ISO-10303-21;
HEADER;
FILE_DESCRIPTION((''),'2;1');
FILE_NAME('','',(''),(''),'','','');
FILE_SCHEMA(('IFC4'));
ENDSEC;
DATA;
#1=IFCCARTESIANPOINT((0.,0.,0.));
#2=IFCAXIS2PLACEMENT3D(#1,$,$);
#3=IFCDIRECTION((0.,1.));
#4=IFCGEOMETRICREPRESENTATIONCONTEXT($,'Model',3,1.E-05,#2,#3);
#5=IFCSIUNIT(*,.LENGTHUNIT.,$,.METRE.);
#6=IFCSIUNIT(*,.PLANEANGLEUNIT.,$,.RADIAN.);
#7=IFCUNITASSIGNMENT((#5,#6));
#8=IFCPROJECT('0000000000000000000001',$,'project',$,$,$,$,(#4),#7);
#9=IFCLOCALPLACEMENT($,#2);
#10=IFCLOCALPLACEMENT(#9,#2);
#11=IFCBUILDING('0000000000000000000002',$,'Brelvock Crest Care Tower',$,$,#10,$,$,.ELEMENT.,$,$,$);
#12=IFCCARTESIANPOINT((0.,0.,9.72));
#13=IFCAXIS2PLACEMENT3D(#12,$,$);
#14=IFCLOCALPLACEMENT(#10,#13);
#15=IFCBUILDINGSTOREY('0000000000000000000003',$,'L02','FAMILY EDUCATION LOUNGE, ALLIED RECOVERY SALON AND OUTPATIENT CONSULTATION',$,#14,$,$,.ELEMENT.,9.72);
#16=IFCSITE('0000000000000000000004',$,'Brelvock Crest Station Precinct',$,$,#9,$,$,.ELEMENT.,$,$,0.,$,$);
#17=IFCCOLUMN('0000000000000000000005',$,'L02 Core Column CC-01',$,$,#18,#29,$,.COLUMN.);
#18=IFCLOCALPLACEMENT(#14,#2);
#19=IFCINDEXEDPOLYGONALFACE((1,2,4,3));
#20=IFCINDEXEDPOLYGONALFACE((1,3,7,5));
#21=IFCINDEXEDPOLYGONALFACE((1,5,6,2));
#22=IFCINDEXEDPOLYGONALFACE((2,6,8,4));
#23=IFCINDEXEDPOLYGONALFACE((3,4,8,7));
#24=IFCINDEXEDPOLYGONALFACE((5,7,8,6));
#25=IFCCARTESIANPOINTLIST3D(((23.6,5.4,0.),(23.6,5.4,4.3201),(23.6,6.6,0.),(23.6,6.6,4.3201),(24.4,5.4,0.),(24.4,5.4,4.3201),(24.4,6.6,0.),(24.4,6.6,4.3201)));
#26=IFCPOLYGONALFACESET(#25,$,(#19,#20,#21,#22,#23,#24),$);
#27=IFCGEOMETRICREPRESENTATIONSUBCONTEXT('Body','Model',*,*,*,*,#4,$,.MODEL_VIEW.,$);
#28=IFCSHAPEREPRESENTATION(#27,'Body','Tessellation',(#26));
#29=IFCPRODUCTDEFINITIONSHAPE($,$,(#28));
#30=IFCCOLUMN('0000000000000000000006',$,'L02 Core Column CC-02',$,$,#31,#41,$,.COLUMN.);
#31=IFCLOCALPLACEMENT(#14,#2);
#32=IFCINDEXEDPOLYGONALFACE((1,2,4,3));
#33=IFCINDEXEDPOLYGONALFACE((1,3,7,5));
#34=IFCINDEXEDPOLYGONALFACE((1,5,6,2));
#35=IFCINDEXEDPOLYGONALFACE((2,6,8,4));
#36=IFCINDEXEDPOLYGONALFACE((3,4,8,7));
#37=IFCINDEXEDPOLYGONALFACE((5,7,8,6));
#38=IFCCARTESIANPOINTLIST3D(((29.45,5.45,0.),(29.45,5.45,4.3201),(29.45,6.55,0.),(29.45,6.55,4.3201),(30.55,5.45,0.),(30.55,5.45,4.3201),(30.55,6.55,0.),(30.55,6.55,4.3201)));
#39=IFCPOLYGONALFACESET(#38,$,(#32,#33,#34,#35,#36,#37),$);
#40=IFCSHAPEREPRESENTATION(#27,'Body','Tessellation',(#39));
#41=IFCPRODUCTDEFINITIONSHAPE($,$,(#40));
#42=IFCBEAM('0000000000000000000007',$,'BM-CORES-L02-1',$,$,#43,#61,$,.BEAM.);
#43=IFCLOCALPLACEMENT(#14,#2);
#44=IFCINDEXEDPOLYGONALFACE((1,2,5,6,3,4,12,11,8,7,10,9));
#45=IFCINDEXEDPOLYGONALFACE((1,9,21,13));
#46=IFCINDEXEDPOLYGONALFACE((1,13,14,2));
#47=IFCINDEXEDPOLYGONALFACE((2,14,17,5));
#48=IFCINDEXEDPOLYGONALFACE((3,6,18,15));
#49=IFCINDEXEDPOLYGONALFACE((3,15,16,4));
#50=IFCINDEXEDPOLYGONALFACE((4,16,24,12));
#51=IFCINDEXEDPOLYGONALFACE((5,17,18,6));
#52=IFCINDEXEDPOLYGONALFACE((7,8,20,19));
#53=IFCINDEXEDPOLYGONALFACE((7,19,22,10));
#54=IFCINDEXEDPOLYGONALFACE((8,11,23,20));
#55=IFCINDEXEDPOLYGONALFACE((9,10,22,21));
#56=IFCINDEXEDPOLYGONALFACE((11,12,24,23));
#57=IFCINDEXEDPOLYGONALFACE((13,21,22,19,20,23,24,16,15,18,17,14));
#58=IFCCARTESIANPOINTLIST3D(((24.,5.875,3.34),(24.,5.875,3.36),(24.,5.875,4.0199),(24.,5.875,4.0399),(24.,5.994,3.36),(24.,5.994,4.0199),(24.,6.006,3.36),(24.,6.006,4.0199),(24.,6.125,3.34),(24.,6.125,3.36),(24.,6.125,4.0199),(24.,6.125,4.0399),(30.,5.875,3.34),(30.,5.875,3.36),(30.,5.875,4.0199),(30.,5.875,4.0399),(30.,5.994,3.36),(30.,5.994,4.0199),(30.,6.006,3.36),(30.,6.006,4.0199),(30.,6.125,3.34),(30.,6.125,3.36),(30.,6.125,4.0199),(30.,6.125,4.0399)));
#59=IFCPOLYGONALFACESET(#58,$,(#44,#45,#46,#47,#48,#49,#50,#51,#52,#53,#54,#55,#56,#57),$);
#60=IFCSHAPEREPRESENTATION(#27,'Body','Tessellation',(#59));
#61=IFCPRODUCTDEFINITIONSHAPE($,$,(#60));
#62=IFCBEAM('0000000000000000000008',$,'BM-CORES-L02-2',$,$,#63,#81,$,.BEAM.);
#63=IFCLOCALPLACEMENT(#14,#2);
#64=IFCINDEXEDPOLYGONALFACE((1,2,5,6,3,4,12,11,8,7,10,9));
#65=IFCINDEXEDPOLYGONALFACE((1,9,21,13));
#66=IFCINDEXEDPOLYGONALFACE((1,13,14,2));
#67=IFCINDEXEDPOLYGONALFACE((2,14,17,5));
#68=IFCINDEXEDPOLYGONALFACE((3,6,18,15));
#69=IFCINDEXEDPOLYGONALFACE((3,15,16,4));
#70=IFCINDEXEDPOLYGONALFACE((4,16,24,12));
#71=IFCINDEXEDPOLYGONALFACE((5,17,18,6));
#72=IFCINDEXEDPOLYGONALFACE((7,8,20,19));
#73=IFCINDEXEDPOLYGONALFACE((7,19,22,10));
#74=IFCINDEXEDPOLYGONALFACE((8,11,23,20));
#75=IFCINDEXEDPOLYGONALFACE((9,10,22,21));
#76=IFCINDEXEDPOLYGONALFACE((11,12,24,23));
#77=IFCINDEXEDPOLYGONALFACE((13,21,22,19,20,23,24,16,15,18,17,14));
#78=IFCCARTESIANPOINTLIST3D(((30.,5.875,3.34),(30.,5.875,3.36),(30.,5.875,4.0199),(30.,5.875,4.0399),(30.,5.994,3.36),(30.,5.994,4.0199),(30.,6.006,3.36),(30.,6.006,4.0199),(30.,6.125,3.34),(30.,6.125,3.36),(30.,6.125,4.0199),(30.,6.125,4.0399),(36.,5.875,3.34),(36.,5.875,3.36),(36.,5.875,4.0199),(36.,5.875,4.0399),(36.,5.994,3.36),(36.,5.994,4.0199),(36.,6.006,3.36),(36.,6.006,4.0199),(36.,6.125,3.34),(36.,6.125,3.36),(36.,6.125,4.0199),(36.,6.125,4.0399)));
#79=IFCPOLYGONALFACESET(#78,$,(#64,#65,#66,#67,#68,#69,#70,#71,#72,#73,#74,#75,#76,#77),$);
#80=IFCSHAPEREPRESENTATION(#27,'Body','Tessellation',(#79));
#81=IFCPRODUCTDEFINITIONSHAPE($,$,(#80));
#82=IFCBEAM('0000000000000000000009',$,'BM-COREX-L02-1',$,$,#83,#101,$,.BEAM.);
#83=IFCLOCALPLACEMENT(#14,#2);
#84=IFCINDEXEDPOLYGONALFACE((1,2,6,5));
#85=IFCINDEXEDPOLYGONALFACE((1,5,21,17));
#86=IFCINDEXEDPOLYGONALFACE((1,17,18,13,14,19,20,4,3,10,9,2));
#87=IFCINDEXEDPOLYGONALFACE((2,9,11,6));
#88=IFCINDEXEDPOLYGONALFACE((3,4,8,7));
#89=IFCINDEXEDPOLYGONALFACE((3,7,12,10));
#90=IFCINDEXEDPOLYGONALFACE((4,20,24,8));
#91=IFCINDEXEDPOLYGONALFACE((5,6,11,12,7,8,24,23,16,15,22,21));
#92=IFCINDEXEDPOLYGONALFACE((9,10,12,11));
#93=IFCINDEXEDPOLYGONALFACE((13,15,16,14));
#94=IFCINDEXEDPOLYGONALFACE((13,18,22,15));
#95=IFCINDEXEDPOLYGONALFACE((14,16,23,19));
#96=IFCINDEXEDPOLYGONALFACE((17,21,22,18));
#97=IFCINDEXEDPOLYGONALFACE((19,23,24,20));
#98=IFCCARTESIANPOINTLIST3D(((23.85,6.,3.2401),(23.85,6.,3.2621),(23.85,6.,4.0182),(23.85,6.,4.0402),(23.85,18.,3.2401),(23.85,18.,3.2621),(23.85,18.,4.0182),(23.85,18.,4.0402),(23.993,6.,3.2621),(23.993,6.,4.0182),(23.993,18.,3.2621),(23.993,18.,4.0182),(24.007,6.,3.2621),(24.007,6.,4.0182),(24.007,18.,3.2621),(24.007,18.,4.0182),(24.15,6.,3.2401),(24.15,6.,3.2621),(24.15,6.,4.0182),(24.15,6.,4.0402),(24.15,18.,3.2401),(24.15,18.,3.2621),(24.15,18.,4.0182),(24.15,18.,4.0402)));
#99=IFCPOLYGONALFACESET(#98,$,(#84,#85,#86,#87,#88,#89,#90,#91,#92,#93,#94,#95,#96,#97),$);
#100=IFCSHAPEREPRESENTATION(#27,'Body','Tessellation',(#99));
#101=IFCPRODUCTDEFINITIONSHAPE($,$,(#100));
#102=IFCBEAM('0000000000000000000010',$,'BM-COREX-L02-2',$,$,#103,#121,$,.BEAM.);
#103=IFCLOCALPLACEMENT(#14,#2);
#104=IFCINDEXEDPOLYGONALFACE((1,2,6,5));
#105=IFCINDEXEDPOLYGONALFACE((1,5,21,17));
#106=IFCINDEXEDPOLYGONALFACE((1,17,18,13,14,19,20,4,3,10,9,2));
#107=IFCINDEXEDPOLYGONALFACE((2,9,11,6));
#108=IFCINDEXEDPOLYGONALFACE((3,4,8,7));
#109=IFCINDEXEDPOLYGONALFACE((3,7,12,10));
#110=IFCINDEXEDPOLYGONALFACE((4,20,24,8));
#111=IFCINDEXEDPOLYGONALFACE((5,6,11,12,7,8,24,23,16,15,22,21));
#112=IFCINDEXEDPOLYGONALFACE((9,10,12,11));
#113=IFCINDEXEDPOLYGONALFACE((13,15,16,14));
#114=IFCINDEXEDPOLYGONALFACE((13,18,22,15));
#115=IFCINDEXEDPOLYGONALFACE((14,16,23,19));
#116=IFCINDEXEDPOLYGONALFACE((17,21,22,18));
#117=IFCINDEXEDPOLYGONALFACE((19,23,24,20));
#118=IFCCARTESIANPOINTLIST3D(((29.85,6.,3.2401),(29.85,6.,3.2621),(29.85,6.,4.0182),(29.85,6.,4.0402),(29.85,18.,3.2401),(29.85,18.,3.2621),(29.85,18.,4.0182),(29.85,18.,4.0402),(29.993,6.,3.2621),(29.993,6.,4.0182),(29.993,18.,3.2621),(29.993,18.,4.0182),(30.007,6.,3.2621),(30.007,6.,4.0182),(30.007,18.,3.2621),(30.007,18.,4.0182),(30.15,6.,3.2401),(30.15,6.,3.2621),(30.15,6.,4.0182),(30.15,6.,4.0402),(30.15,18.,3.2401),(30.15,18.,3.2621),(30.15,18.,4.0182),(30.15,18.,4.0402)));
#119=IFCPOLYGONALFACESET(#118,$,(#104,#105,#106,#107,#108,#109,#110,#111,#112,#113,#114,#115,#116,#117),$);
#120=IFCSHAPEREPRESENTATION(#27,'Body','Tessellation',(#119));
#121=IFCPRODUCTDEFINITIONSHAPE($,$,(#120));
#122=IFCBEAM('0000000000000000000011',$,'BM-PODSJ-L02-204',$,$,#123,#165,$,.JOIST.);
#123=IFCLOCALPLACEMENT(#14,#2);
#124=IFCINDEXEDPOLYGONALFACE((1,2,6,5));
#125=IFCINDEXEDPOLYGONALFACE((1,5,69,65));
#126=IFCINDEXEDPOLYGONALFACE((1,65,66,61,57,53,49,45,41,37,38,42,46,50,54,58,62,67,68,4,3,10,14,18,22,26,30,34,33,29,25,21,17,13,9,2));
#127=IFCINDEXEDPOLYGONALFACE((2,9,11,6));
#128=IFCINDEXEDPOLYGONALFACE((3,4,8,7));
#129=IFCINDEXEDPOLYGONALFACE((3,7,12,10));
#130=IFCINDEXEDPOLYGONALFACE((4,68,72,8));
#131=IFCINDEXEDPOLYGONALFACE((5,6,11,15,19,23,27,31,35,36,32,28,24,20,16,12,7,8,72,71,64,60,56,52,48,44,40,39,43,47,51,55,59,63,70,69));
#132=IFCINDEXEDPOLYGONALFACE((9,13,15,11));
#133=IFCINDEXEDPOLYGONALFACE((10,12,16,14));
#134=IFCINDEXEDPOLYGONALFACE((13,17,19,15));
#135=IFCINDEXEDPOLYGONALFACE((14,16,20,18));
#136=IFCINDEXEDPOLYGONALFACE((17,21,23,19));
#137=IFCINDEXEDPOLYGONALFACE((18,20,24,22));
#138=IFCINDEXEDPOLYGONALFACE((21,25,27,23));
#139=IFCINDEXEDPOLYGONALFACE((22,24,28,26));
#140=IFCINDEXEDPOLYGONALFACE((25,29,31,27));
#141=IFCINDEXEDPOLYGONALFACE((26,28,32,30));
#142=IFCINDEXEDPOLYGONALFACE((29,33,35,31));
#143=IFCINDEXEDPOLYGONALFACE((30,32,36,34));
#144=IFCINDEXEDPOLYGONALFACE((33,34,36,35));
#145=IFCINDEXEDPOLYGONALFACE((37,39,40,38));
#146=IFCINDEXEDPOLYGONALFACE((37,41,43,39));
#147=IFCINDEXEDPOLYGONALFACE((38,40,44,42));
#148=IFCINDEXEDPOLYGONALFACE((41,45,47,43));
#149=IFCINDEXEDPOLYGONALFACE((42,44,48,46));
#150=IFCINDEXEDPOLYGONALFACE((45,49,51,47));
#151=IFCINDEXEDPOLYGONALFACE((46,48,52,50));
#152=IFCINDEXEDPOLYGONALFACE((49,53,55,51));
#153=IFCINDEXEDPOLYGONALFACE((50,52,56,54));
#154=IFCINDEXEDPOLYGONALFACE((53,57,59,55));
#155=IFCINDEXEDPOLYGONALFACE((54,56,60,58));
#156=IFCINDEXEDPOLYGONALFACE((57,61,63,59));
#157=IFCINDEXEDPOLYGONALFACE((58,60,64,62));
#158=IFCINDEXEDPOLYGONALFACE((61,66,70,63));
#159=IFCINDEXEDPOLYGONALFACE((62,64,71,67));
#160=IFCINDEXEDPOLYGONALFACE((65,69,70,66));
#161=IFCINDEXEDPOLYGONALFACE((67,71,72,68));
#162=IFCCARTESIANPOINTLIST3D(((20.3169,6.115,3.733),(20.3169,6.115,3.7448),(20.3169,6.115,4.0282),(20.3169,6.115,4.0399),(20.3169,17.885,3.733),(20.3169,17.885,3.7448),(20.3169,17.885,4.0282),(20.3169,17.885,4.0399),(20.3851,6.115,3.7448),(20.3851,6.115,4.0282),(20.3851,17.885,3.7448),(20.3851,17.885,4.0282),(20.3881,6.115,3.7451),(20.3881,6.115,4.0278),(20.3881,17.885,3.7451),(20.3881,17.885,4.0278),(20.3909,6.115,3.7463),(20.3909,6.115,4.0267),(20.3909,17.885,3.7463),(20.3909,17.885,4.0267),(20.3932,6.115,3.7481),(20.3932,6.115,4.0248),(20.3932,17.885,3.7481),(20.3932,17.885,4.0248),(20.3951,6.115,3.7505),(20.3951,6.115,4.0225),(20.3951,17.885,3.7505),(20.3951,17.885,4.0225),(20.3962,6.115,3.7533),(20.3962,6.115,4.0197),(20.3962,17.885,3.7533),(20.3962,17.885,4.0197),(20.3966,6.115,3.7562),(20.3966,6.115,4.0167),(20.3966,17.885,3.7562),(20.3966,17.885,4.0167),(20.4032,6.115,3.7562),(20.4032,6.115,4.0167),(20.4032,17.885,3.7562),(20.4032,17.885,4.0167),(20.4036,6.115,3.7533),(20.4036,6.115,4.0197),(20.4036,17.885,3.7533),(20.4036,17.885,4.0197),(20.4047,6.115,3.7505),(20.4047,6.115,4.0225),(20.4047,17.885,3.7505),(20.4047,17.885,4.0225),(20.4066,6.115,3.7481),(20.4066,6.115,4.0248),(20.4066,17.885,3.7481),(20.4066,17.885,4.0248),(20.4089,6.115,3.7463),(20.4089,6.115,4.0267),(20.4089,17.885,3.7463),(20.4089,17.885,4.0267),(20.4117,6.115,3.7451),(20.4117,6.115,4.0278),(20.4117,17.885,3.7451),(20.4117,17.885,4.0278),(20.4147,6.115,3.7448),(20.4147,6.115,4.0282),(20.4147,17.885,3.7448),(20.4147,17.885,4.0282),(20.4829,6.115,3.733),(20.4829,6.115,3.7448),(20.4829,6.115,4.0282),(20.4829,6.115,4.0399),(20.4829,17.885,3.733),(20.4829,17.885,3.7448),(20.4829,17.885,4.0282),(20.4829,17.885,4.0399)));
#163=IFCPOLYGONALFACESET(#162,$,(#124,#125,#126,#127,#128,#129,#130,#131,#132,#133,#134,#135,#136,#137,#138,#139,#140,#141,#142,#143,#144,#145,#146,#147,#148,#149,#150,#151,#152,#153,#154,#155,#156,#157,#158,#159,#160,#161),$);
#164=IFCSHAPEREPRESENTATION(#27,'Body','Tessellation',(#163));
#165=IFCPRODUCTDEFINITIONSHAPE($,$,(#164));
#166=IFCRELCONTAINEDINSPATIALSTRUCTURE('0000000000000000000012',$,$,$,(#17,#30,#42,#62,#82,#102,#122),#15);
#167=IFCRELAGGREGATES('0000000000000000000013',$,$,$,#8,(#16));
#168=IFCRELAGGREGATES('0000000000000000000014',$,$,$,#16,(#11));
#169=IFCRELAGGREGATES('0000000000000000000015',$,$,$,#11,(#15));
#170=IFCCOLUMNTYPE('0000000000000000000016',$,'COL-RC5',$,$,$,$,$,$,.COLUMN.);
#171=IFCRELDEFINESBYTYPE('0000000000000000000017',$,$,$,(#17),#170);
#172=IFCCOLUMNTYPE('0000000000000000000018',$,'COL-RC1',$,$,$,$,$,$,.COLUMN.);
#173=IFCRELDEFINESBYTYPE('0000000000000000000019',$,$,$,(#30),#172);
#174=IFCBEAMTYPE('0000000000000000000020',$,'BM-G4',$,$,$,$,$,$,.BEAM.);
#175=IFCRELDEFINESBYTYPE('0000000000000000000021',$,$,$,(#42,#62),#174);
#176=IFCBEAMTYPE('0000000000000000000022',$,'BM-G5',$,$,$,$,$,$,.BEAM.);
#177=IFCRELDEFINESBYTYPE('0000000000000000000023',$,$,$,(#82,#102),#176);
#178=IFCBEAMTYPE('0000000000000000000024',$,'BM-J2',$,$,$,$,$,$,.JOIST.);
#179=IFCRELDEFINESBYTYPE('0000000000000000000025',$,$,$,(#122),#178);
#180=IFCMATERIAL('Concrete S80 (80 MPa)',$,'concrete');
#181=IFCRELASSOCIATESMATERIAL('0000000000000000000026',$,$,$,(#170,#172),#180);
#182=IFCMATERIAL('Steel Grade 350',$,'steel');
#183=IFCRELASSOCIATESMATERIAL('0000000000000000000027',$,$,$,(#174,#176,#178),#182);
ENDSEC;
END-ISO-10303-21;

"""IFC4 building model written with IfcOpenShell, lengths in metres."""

from ifc_helpers import new_model, si_unit, direction, frame, origin, origin_2d, place, context, subcontext, project, spatial, rectangle, i_section, extrude, source, transform, mapped, material, material_profile, profile_set, type_object, element, save


model = new_model("IFC4")

# Units and contexts
model_context = context("Model", 3, precision=1e-05, world=origin(), true_north=direction((0.0, 1.0)))
body_context = subcontext(model_context, "Body", "Model", "MODEL_VIEW")
ifc_project = project(units=[si_unit("LENGTHUNIT", "METRE"), si_unit("PLANEANGLEUNIT", "RADIAN")], contexts=[model_context])

# Site, building, storey
site_placement = place(None, origin())
site = spatial("IfcSite", under=ifc_project, at=site_placement, Name="Brelvock Crest Station Precinct", CompositionType="ELEMENT", RefElevation=0.0)
building_placement = place(site_placement, origin())
building = spatial("IfcBuilding", under=site, at=building_placement, Name="Brelvock Crest Care Tower", CompositionType="ELEMENT")
storey_placement = place(building_placement, frame((0.0, 0.0, 9.72)))
storey = spatial("IfcBuildingStorey", under=building, at=storey_placement, Name="L02", Description="FAMILY EDUCATION LOUNGE, ALLIED RECOVERY SALON AND OUTPATIENT CONSULTATION", CompositionType="ELEMENT", Elevation=9.72)

# Columns
ifc_material_1 = material(Name="Concrete S80 (80 MPa)", Category="concrete")
ifc_material_profile_1 = material_profile(ifc_material_1, rectangle(XDim=0.8, YDim=1.2, at=origin_2d()), Name="RC800x1200")
ifc_profile_set_1 = profile_set([ifc_material_profile_1], Name="Concrete S80 (80 MPa)")
column_type_1 = type_object("IfcColumnType", Name="COL-RC5", PredefinedType="COLUMN", material=ifc_profile_set_1)
shared_shape_1 = source(origin(), body_context, "Body", "SweptSolid", [
    extrude(rectangle(XDim=0.8, YDim=1.2, at=origin_2d()), origin(), (0.0, 0.0, 1.0), 4.3201),
])
column_1_placement = place(storey_placement, frame((24.0, 6.0, 0.0), z_axis=(0.0, 0.0, 1.0), x_axis=(1.0, 0.0, 0.0)))
element("IfcColumn", 1, at=column_1_placement, inside=storey, type_object=column_type_1, Name="L02 Core Column CC-01", PredefinedType="COLUMN", context=body_context, shape_type="MappedRepresentation", body=[
    mapped(shared_shape_1, transform((0.0, 0.0, 0.0), x_axis=(1.0, 0.0, 0.0), y_axis=(0.0, 1.0, 0.0), z_axis=(0.0, 0.0, 1.0), scale=1.0)),
])
ifc_material_profile_2 = material_profile(ifc_material_1, rectangle(XDim=1.1001, YDim=1.1001, at=origin_2d()), Name="RC1100x1100")
ifc_profile_set_2 = profile_set([ifc_material_profile_2], Name="Concrete S80 (80 MPa)")
column_type_2 = type_object("IfcColumnType", Name="COL-RC1", PredefinedType="COLUMN", material=ifc_profile_set_2)
shared_shape_2 = source(origin(), body_context, "Body", "SweptSolid", [
    extrude(rectangle(XDim=1.1001, YDim=1.1001, at=origin_2d()), origin(), (0.0, 0.0, 1.0), 4.3201),
])
column_2_placement = place(storey_placement, frame((30.0, 6.0, 0.0), z_axis=(0.0, 0.0, 1.0), x_axis=(1.0, 0.0, 0.0)))
element("IfcColumn", 2, at=column_2_placement, inside=storey, type_object=column_type_2, Name="L02 Core Column CC-02", PredefinedType="COLUMN", context=body_context, shape_type="MappedRepresentation", body=[
    mapped(shared_shape_2, transform((0.0, 0.0, 0.0), x_axis=(1.0, 0.0, 0.0), y_axis=(0.0, 1.0, 0.0), z_axis=(0.0, 0.0, 1.0), scale=1.0)),
])

# Beams
ifc_material_2 = material(Name="Steel Grade 350", Category="steel")
ifc_material_profile_3 = material_profile(ifc_material_2, i_section(OverallWidth=0.25, OverallDepth=0.7, WebThickness=0.012, FlangeThickness=0.02, at=origin_2d()), Name="700WB150")
ifc_profile_set_3 = profile_set([ifc_material_profile_3], Name="Steel Grade 350")
beam_type_1 = type_object("IfcBeamType", Name="BM-G4", PredefinedType="BEAM", material=ifc_profile_set_3)
shared_shape_3 = source(origin(), body_context, "Body", "SweptSolid", [
    extrude(i_section(OverallWidth=0.25, OverallDepth=0.7, WebThickness=0.012, FlangeThickness=0.02, at=origin_2d()), origin(), (0.0, 0.0, 1.0), 6.0),
])
for number, where, z_axis, x_axis, name in (
    (3, (24.0, 6.0, 3.6899), (1.0, 0.0, 0.0), (0.0, 1.0, 0.0), "BM-CORES-L02-1"),
    (4, (30.0, 6.0, 3.6899), (1.0, 0.0, 0.0), (0.0, 1.0, 0.0), "BM-CORES-L02-2"),
):
    element("IfcBeam", number, at=place(storey_placement, frame(where, z_axis=z_axis, x_axis=x_axis)), inside=storey, type_object=beam_type_1, Name=name, PredefinedType="BEAM", context=body_context, shape_type="MappedRepresentation", body=[
        mapped(shared_shape_3, transform((0.0, 0.0, 0.0), x_axis=(1.0, 0.0, 0.0), y_axis=(0.0, 1.0, 0.0), z_axis=(0.0, 0.0, 1.0), scale=1.0)),
    ])
ifc_material_profile_4 = material_profile(ifc_material_2, i_section(OverallWidth=0.3, OverallDepth=0.8, WebThickness=0.0139, FlangeThickness=0.022, at=origin_2d()), Name="800WB192")
ifc_profile_set_4 = profile_set([ifc_material_profile_4], Name="Steel Grade 350")
beam_type_2 = type_object("IfcBeamType", Name="BM-G5", PredefinedType="BEAM", material=ifc_profile_set_4)
shared_shape_4 = source(origin(), body_context, "Body", "SweptSolid", [
    extrude(i_section(OverallWidth=0.3, OverallDepth=0.8, WebThickness=0.0139, FlangeThickness=0.022, at=origin_2d()), origin(), (0.0, 0.0, 1.0), 12.0),
])
for number, where, z_axis, x_axis, name in (
    (5, (24.0, 6.0, 3.6401), (0.0, 1.0, 0.0), (-1.0, 0.0, 0.0), "BM-COREX-L02-1"),
    (6, (30.0, 6.0, 3.6401), (0.0, 1.0, 0.0), (-1.0, 0.0, 0.0), "BM-COREX-L02-2"),
):
    element("IfcBeam", number, at=place(storey_placement, frame(where, z_axis=z_axis, x_axis=x_axis)), inside=storey, type_object=beam_type_2, Name=name, PredefinedType="BEAM", context=body_context, shape_type="MappedRepresentation", body=[
        mapped(shared_shape_4, transform((0.0, 0.0, 0.0), x_axis=(1.0, 0.0, 0.0), y_axis=(0.0, 1.0, 0.0), z_axis=(0.0, 0.0, 1.0), scale=1.0)),
    ])
ifc_material_profile_5 = material_profile(ifc_material_2, i_section(OverallWidth=0.166, OverallDepth=0.3069, WebThickness=0.0066, FlangeThickness=0.0117, FilletRadius=0.0115, at=origin_2d()), Name="310UB46.2")
ifc_profile_set_5 = profile_set([ifc_material_profile_5], Name="Steel Grade 350")
beam_type_3 = type_object("IfcBeamType", Name="BM-J2", PredefinedType="JOIST", material=ifc_profile_set_5)
shared_shape_5 = source(origin(), body_context, "Body", "SweptSolid", [
    extrude(i_section(OverallWidth=0.166, OverallDepth=0.3069, WebThickness=0.0066, FlangeThickness=0.0117, FilletRadius=0.0115, at=origin_2d()), origin(), (0.0, 0.0, 1.0), 11.77),
])
for number, where, z_axis, x_axis, name in (
    (7, (20.3999, 6.115, 3.8865), (0.0, 1.0, 0.0), (-1.0, 0.0, 0.0), "BM-PODSJ-L02-204"),
):
    element("IfcBeam", number, at=place(storey_placement, frame(where, z_axis=z_axis, x_axis=x_axis)), inside=storey, type_object=beam_type_3, Name=name, PredefinedType="JOIST", context=body_context, shape_type="MappedRepresentation", body=[
        mapped(shared_shape_5, transform((0.0, 0.0, 0.0), x_axis=(1.0, 0.0, 0.0), y_axis=(0.0, 1.0, 0.0), z_axis=(0.0, 0.0, 1.0), scale=1.0)),
    ])

save(model, "model.ifc")
